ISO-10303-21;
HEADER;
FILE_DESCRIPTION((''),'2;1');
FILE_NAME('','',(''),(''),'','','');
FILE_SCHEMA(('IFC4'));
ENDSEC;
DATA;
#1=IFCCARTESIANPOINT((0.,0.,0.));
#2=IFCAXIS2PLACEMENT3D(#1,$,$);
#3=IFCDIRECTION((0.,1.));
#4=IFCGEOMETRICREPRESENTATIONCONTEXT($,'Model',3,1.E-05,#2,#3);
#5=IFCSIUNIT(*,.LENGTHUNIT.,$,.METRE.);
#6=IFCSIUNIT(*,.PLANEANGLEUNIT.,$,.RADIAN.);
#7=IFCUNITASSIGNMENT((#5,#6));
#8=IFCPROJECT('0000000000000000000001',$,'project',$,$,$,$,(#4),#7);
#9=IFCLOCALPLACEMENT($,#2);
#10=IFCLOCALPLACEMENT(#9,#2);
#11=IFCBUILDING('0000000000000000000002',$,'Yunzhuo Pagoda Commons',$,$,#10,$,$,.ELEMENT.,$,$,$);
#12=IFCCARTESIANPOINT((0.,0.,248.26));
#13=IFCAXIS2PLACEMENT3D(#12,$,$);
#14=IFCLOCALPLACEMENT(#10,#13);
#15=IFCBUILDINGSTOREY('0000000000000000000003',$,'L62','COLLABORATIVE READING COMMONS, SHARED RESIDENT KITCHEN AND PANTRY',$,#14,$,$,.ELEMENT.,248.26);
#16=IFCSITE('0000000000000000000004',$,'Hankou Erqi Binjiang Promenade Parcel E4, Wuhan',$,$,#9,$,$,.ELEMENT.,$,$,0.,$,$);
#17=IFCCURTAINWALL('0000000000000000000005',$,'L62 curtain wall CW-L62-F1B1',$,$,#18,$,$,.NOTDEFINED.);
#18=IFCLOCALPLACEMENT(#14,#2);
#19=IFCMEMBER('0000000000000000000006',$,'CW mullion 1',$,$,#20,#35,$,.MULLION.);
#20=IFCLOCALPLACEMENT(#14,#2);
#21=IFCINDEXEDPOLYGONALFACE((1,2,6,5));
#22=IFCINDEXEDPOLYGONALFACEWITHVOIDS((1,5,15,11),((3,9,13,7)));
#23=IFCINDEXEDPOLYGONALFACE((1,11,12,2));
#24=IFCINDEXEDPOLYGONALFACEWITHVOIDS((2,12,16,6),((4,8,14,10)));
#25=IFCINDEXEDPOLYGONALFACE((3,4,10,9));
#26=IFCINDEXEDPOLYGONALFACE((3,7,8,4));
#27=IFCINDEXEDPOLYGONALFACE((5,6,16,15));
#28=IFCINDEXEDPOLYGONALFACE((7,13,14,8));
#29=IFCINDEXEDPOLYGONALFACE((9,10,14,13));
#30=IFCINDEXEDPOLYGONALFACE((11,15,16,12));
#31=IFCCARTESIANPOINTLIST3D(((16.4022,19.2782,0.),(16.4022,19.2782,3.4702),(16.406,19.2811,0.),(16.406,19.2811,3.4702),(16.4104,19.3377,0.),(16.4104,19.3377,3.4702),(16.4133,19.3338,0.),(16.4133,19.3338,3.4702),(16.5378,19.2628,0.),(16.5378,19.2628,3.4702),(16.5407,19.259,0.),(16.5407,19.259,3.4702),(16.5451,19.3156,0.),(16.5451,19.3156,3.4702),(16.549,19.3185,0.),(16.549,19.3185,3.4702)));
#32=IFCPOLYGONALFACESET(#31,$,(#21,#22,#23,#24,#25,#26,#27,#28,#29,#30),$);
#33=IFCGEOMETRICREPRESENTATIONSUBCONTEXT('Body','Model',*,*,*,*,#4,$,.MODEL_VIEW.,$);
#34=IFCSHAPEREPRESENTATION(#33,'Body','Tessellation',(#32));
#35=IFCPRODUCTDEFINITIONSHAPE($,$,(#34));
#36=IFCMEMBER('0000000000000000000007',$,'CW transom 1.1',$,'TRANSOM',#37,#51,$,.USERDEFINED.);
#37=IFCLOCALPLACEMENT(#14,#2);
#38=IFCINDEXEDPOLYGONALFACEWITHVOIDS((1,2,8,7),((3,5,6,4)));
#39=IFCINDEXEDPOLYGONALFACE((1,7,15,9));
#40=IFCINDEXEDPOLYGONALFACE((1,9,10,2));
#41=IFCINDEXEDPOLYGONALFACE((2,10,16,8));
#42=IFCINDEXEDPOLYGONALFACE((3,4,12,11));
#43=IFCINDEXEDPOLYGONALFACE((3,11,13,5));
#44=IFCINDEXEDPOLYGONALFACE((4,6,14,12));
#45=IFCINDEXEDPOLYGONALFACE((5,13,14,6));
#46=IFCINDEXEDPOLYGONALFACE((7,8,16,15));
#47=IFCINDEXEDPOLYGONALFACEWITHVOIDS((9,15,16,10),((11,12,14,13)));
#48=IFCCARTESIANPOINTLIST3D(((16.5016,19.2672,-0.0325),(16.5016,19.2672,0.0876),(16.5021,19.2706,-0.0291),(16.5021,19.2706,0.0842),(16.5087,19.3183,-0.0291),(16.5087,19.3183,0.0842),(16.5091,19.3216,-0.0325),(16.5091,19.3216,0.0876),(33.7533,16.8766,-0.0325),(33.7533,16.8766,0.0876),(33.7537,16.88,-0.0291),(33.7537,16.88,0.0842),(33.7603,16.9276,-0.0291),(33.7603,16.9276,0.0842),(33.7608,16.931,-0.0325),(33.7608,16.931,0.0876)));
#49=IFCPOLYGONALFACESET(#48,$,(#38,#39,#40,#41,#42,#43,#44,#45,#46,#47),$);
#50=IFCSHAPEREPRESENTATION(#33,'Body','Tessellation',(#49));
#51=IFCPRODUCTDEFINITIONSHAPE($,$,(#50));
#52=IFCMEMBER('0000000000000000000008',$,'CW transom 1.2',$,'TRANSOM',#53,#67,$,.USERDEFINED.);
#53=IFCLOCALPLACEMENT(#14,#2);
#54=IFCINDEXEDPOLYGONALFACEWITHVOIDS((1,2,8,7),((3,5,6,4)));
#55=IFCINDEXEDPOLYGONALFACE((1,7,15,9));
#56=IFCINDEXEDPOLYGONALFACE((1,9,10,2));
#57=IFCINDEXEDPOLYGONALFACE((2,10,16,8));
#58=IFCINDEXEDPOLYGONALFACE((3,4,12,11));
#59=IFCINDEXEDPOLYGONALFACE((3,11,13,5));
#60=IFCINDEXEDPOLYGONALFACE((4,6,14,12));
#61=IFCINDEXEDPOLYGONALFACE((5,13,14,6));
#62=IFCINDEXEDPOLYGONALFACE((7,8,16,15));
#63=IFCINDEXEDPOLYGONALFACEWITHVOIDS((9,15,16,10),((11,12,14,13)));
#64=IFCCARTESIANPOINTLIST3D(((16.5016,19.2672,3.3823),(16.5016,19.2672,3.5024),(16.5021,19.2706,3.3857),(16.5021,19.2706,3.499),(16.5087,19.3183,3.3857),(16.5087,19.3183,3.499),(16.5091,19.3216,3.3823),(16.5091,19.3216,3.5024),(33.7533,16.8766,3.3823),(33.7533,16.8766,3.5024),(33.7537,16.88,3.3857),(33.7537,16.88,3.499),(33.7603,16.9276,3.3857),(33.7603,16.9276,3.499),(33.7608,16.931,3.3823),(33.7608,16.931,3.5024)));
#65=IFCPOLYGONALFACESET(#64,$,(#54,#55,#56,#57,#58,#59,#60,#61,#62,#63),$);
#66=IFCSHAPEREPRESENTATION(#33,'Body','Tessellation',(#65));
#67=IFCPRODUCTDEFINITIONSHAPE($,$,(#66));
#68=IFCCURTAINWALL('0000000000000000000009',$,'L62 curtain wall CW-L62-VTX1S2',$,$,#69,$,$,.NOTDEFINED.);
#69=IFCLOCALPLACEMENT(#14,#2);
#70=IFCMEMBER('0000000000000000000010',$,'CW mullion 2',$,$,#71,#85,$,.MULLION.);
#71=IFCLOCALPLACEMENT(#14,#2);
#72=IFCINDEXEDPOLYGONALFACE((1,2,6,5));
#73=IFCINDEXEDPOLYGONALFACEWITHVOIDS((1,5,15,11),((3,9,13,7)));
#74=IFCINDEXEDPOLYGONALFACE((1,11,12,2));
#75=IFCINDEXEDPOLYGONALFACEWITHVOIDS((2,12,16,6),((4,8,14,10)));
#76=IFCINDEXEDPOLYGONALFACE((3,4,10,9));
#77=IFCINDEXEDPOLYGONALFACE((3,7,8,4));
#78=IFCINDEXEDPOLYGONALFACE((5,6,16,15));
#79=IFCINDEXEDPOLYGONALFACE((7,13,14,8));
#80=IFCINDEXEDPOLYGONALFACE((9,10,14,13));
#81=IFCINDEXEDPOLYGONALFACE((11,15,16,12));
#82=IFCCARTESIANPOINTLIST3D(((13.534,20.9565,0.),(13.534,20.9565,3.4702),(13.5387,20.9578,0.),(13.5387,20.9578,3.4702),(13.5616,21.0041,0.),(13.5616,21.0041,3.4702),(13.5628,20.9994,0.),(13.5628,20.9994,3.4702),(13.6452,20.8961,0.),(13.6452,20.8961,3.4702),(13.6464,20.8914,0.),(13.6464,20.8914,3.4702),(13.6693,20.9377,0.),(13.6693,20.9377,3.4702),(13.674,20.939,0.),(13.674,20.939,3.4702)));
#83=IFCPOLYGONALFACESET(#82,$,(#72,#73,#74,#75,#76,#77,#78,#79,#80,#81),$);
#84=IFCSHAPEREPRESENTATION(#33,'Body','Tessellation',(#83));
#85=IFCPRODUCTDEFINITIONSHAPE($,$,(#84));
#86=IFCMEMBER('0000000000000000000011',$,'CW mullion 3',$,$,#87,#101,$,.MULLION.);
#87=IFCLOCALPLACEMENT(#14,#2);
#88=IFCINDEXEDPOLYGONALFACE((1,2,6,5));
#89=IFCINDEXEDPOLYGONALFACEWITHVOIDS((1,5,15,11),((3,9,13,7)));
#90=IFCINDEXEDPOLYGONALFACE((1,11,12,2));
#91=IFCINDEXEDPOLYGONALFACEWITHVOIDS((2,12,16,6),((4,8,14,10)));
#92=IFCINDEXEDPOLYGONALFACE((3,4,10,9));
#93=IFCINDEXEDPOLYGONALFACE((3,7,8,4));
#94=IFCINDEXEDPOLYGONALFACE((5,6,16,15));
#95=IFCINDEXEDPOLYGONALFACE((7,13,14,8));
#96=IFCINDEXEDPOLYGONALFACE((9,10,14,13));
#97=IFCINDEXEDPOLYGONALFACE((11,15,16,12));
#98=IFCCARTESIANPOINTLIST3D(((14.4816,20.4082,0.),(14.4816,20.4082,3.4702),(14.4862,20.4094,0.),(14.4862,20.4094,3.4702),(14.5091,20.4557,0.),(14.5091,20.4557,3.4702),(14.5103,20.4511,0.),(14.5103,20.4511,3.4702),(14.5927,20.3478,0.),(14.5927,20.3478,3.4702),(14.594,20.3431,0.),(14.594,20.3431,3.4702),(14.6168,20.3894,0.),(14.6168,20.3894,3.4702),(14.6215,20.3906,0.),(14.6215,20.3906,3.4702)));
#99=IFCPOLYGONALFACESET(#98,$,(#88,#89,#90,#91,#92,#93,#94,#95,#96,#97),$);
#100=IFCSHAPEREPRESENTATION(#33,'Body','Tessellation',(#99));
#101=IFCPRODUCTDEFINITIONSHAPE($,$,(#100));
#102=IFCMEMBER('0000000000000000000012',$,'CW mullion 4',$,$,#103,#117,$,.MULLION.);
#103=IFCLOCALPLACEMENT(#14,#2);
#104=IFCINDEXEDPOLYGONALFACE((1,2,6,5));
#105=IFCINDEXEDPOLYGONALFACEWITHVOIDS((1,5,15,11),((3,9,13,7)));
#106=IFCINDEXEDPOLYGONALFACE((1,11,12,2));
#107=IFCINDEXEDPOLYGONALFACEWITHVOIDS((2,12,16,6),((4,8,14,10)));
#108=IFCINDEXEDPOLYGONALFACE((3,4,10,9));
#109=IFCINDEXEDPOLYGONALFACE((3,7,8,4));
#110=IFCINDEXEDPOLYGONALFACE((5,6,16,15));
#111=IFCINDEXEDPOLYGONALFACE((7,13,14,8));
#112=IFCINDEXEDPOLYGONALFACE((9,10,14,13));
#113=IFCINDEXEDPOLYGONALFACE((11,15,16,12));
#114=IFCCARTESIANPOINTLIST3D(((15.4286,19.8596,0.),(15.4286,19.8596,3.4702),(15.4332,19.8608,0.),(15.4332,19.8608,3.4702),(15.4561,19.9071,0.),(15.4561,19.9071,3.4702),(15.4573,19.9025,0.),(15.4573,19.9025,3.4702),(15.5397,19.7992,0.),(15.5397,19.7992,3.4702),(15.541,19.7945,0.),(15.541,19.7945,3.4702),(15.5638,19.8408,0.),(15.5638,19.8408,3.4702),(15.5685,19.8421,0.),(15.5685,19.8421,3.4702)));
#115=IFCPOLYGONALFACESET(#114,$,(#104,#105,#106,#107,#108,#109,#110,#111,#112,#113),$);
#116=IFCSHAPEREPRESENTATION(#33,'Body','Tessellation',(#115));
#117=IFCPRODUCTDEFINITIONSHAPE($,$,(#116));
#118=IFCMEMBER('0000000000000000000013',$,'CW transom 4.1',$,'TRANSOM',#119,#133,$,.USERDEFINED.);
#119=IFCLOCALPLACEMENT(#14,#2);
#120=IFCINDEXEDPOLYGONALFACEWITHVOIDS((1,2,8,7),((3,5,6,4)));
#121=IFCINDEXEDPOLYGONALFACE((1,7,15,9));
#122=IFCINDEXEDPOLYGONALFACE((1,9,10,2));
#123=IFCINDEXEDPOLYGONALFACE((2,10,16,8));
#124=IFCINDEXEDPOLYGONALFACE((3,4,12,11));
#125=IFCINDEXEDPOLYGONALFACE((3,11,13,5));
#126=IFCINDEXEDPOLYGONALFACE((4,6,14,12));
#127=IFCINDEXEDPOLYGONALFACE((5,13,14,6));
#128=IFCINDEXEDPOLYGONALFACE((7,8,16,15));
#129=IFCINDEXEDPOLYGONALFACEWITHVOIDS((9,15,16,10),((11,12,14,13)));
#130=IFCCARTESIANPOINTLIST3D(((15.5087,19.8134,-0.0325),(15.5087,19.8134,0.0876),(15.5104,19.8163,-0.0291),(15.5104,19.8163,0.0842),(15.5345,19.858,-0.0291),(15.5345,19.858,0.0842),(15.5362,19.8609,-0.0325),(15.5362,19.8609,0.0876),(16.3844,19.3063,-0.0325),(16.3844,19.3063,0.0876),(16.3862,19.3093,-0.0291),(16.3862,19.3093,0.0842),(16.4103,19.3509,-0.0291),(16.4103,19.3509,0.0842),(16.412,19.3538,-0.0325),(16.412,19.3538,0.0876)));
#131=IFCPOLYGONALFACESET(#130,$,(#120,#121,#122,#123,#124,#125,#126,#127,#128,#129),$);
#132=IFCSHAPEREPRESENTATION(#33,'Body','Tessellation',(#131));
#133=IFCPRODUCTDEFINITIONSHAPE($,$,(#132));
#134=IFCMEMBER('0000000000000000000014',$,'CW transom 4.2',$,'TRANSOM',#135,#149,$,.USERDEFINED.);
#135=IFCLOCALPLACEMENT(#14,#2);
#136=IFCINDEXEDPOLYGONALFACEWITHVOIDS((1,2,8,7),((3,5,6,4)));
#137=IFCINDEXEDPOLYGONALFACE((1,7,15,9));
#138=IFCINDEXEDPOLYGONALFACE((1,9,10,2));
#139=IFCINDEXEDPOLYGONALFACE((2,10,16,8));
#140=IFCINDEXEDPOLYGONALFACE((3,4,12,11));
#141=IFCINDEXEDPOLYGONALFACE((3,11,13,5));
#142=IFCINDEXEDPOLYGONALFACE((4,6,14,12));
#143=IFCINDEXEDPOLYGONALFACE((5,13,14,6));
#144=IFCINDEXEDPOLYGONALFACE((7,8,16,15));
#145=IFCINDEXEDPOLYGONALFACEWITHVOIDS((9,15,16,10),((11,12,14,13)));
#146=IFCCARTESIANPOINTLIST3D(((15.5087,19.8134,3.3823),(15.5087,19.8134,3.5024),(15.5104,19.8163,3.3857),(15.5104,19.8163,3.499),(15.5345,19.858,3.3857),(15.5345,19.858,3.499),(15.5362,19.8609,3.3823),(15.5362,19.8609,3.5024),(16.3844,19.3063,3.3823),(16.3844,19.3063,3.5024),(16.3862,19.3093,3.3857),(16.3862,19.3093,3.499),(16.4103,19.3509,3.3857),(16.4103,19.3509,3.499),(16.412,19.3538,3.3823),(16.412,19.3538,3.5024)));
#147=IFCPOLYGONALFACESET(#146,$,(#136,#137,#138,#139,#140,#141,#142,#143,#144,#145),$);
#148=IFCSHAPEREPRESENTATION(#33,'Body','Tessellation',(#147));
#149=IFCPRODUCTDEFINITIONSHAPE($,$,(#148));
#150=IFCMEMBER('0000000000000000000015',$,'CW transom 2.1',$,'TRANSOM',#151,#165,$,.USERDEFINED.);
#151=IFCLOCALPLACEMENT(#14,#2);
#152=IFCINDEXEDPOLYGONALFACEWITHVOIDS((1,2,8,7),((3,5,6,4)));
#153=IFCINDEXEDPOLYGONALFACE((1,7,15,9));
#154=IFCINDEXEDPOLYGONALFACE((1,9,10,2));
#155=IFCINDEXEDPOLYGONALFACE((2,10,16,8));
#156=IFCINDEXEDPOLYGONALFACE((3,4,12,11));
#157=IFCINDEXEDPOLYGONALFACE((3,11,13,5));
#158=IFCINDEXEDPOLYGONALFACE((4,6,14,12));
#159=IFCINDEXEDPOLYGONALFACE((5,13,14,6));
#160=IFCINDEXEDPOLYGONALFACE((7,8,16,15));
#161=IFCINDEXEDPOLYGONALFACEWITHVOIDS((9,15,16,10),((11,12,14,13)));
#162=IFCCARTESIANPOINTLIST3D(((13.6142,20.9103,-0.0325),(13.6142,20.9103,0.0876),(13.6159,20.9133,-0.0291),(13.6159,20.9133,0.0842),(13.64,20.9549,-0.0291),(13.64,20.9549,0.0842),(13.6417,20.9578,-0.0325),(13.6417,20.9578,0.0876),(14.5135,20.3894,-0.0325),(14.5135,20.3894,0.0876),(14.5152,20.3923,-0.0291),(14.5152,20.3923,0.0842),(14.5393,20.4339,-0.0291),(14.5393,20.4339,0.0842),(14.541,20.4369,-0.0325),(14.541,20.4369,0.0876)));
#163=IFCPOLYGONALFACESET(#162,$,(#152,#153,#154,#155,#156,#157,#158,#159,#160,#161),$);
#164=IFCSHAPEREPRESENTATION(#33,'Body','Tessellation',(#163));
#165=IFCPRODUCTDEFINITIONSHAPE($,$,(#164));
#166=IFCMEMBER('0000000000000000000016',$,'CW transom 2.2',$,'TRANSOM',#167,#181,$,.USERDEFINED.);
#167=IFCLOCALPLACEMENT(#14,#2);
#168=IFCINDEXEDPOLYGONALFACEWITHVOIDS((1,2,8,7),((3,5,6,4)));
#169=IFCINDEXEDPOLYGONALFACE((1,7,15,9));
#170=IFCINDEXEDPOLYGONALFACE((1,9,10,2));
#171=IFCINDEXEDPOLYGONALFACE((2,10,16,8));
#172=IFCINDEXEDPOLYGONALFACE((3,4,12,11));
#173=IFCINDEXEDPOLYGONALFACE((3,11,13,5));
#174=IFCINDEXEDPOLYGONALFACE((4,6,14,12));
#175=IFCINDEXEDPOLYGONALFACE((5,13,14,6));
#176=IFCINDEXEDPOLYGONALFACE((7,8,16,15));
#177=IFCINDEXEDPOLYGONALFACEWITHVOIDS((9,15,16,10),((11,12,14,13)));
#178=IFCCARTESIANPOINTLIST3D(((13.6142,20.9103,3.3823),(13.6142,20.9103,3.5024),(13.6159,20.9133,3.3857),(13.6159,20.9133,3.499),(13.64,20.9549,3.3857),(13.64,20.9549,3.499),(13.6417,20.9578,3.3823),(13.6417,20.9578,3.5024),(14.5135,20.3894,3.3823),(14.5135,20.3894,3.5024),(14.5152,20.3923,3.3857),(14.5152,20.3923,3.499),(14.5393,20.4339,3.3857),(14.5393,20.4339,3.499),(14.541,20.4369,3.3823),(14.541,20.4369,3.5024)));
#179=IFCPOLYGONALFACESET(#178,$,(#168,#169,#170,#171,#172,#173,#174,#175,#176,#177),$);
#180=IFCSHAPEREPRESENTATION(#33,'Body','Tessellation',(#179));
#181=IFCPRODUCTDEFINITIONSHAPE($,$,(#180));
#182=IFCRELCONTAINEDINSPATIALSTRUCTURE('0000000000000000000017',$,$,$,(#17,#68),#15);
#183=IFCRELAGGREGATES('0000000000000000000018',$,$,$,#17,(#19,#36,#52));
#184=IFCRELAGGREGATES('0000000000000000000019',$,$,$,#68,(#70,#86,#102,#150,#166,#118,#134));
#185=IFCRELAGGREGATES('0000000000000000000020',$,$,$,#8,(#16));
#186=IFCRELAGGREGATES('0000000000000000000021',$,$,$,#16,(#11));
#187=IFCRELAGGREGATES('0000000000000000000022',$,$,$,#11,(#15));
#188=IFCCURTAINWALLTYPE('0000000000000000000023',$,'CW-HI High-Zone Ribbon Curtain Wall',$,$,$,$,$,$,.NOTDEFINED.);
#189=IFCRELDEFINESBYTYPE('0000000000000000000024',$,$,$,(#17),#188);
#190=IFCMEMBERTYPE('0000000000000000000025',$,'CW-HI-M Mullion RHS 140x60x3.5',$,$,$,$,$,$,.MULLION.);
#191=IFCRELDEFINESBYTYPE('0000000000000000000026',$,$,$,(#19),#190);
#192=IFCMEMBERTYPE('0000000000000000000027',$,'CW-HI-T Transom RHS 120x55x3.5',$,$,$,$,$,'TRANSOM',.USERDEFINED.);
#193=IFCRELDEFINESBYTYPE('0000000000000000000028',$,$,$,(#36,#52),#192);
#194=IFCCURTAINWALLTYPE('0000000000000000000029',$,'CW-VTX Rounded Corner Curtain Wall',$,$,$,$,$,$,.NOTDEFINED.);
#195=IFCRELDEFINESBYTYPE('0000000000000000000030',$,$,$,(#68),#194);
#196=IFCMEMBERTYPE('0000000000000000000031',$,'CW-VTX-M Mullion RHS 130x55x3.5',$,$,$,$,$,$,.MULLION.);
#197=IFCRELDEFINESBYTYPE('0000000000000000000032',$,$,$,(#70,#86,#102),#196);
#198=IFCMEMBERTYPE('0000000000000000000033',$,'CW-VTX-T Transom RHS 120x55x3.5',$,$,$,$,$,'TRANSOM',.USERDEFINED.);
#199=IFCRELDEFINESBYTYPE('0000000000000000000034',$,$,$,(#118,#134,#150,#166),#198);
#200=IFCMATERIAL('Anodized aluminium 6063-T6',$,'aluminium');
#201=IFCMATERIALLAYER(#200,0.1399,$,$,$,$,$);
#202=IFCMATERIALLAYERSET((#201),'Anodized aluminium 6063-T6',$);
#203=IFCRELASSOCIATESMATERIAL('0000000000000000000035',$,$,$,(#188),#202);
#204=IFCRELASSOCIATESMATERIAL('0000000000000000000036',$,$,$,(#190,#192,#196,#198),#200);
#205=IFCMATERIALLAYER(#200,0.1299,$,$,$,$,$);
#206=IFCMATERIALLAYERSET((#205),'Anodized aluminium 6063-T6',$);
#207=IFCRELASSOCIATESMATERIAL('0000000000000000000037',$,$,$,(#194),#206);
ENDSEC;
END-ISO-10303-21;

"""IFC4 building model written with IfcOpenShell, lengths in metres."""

from ifc_helpers import new_model, si_unit, direction, frame, origin, origin_2d, place, context, subcontext, project, spatial, hollow_rectangle, extrude, source, transform, mapped, material, layer, layer_set, material_profile, profile_set, type_object, element, aggregate, save


model = new_model("IFC4")

# Units and contexts
model_context = context("Model", 3, precision=1e-05, world=origin(), true_north=direction((0.0, 1.0)))
body_context = subcontext(model_context, "Body", "Model", "MODEL_VIEW")
ifc_project = project(units=[si_unit("LENGTHUNIT", "METRE"), si_unit("PLANEANGLEUNIT", "RADIAN")], contexts=[model_context])

# Site, building, storey
site_placement = place(None, origin())
site = spatial("IfcSite", under=ifc_project, at=site_placement, Name="Hankou Erqi Binjiang Promenade Parcel E4, Wuhan", CompositionType="ELEMENT", RefElevation=0.0)
building_placement = place(site_placement, origin())
building = spatial("IfcBuilding", under=site, at=building_placement, Name="Yunzhuo Pagoda Commons", CompositionType="ELEMENT")
storey_placement = place(building_placement, frame((0.0, 0.0, 248.26)))
storey = spatial("IfcBuildingStorey", under=building, at=storey_placement, Name="L62", Description="COLLABORATIVE READING COMMONS, SHARED RESIDENT KITCHEN AND PANTRY", CompositionType="ELEMENT", Elevation=248.26)

# Curtain walls, members
ifc_material_1 = material(Name="Anodized aluminium 6063-T6", Category="aluminium")
ifc_layer_1 = layer(ifc_material_1, 0.1399)
ifc_layer_set_1 = layer_set([ifc_layer_1], Name="Anodized aluminium 6063-T6")
curtain_wall_type_1 = type_object("IfcCurtainWallType", Name="CW-HI High-Zone Ribbon Curtain Wall", PredefinedType="NOTDEFINED", material=ifc_layer_set_1)
curtain_wall_1_placement = place(storey_placement, origin())
curtain_wall_1 = element("IfcCurtainWall", 1, at=curtain_wall_1_placement, inside=storey, type_object=curtain_wall_type_1, Name="L62 curtain wall CW-L62-F1B1", PredefinedType="NOTDEFINED")
ifc_material_profile_1 = material_profile(ifc_material_1, hollow_rectangle(XDim=0.0601, YDim=0.1399, WallThickness=0.0034, at=origin_2d()), Name="Anodized aluminium 6063-T6")
ifc_profile_set_1 = profile_set([ifc_material_profile_1], Name="Anodized aluminium 6063-T6")
member_type_1 = type_object("IfcMemberType", Name="CW-HI-M Mullion RHS 140x60x3.5", PredefinedType="MULLION", material=ifc_profile_set_1)
shared_shape_1 = source(origin(), body_context, "Body", "SweptSolid", [
    extrude(hollow_rectangle(XDim=0.0601, YDim=0.1399, WallThickness=0.0034, at=origin_2d()), origin(), (0.0, 0.0, 1.0), 3.4702),
])
member_1_placement = place(storey_placement, frame((16.4756, 19.2983, 0.0), z_axis=(0.0, 0.0, 1.0), x_axis=(0.13725, 0.990536, 0.0)))
member_1 = element("IfcMember", 2, at=member_1_placement, type_object=member_type_1, Name="CW mullion 1", PredefinedType="MULLION", context=body_context, shape_type="MappedRepresentation", body=[
    mapped(shared_shape_1, transform((0.0, 0.0, 0.0), scale=1.0)),
])
ifc_material_profile_2 = material_profile(ifc_material_1, hollow_rectangle(XDim=0.0549, YDim=0.1201, WallThickness=0.0034, at=origin_2d()), Name="Anodized aluminium 6063-T6")
ifc_profile_set_2 = profile_set([ifc_material_profile_2], Name="Anodized aluminium 6063-T6")
member_type_2 = type_object("IfcMemberType", Name="CW-HI-T Transom RHS 120x55x3.5", ElementType="TRANSOM", PredefinedType="USERDEFINED", material=ifc_profile_set_2)
shared_shape_2 = source(origin(), body_context, "Body", "SweptSolid", [
    extrude(hollow_rectangle(XDim=0.0549, YDim=0.1201, WallThickness=0.0034, at=origin_2d()), origin(), (0.0, 0.0, 1.0), 17.4165),
])
member_2_placement = place(storey_placement, frame((16.5054, 19.2944, 0.0276), z_axis=(0.990535, -0.137262, 0.0), x_axis=(0.137262, 0.990535, 0.0)))
member_2 = element("IfcMember", 3, at=member_2_placement, type_object=member_type_2, Name="CW transom 1.1", ObjectType="TRANSOM", PredefinedType="USERDEFINED", context=body_context, shape_type="MappedRepresentation", body=[
    mapped(shared_shape_2, transform((0.0, 0.0, 0.0), scale=1.0)),
])
member_3_placement = place(storey_placement, frame((16.5054, 19.2944, 3.4424), z_axis=(0.990535, -0.137262, 0.0), x_axis=(0.137262, 0.990535, 0.0)))
member_3 = element("IfcMember", 4, at=member_3_placement, type_object=member_type_2, Name="CW transom 1.2", ObjectType="TRANSOM", PredefinedType="USERDEFINED", context=body_context, shape_type="MappedRepresentation", body=[
    mapped(shared_shape_2, transform((0.0, 0.0, 0.0), scale=1.0)),
])
aggregate(curtain_wall_1, [member_1, member_2, member_3])
ifc_layer_2 = layer(ifc_material_1, 0.1299)
ifc_layer_set_2 = layer_set([ifc_layer_2], Name="Anodized aluminium 6063-T6")
curtain_wall_type_2 = type_object("IfcCurtainWallType", Name="CW-VTX Rounded Corner Curtain Wall", PredefinedType="NOTDEFINED", material=ifc_layer_set_2)
curtain_wall_2_placement = place(storey_placement, origin())
curtain_wall_2 = element("IfcCurtainWall", 5, at=curtain_wall_2_placement, inside=storey, type_object=curtain_wall_type_2, Name="L62 curtain wall CW-L62-VTX1S2", PredefinedType="NOTDEFINED")
ifc_material_profile_3 = material_profile(ifc_material_1, hollow_rectangle(XDim=0.0549, YDim=0.1299, WallThickness=0.0034, at=origin_2d()), Name="Anodized aluminium 6063-T6")
ifc_profile_set_3 = profile_set([ifc_material_profile_3], Name="Anodized aluminium 6063-T6")
member_type_3 = type_object("IfcMemberType", Name="CW-VTX-M Mullion RHS 130x55x3.5", PredefinedType="MULLION", material=ifc_profile_set_3)
shared_shape_3 = source(origin(), body_context, "Body", "SweptSolid", [
    extrude(hollow_rectangle(XDim=0.0549, YDim=0.1299, WallThickness=0.0034, at=origin_2d()), origin(), (0.0, 0.0, 1.0), 3.4702),
])
member_4_placement = place(storey_placement, frame((13.604, 20.9478, 0.0), z_axis=(0.0, 0.0, 1.0), x_axis=(0.501035, 0.865427, 0.0)))
member_4 = element("IfcMember", 6, at=member_4_placement, type_object=member_type_3, Name="CW mullion 2", PredefinedType="MULLION", context=body_context, shape_type="MappedRepresentation", body=[
    mapped(shared_shape_3, transform((0.0, 0.0, 0.0), scale=1.0)),
])
member_5_placement = place(storey_placement, frame((14.5515, 20.3994, 0.0), z_axis=(0.0, 0.0, 1.0), x_axis=(0.501035, 0.865427, 0.0)))
member_5 = element("IfcMember", 7, at=member_5_placement, type_object=member_type_3, Name="CW mullion 3", PredefinedType="MULLION", context=body_context, shape_type="MappedRepresentation", body=[
    mapped(shared_shape_3, transform((0.0, 0.0, 0.0), scale=1.0)),
])
member_6_placement = place(storey_placement, frame((15.4985, 19.8508, 0.0), z_axis=(0.0, 0.0, 1.0), x_axis=(0.501035, 0.865427, 0.0)))
member_6 = element("IfcMember", 8, at=member_6_placement, type_object=member_type_3, Name="CW mullion 4", PredefinedType="MULLION", context=body_context, shape_type="MappedRepresentation", body=[
    mapped(shared_shape_3, transform((0.0, 0.0, 0.0), scale=1.0)),
])
ifc_material_profile_4 = material_profile(ifc_material_1, hollow_rectangle(XDim=0.0549, YDim=0.1201, WallThickness=0.0034, at=origin_2d()), Name="Anodized aluminium 6063-T6")
ifc_profile_set_4 = profile_set([ifc_material_profile_4], Name="Anodized aluminium 6063-T6")
member_type_4 = type_object("IfcMemberType", Name="CW-VTX-T Transom RHS 120x55x3.5", ElementType="TRANSOM", PredefinedType="USERDEFINED", material=ifc_profile_set_4)
shared_shape_4 = source(origin(), body_context, "Body", "SweptSolid", [
    extrude(hollow_rectangle(XDim=0.0549, YDim=0.1201, WallThickness=0.0034, at=origin_2d()), origin(), (0.0, 0.0, 1.0), 1.012),
])
member_7_placement = place(storey_placement, frame((15.5225, 19.8372, 0.0276), z_axis=(0.865393, -0.501093, 0.0), x_axis=(0.501093, 0.865393, 0.0)))
member_7 = element("IfcMember", 9, at=member_7_placement, type_object=member_type_4, Name="CW transom 4.1", ObjectType="TRANSOM", PredefinedType="USERDEFINED", context=body_context, shape_type="MappedRepresentation", body=[
    mapped(shared_shape_4, transform((0.0, 0.0, 0.0), scale=1.0)),
])
member_8_placement = place(storey_placement, frame((15.5225, 19.8372, 3.4424), z_axis=(0.865393, -0.501093, 0.0), x_axis=(0.501093, 0.865393, 0.0)))
member_8 = element("IfcMember", 10, at=member_8_placement, type_object=member_type_4, Name="CW transom 4.2", ObjectType="TRANSOM", PredefinedType="USERDEFINED", context=body_context, shape_type="MappedRepresentation", body=[
    mapped(shared_shape_4, transform((0.0, 0.0, 0.0), scale=1.0)),
])
shared_shape_5 = source(origin(), body_context, "Body", "SweptSolid", [
    extrude(hollow_rectangle(XDim=0.0549, YDim=0.1201, WallThickness=0.0034, at=origin_2d()), origin(), (0.0, 0.0, 1.0), 1.0393),
])
member_9_placement = place(storey_placement, frame((13.6279, 20.9341, 0.0276), z_axis=(0.865308, -0.50124, 0.0), x_axis=(0.50124, 0.865308, 0.0)))
member_9 = element("IfcMember", 11, at=member_9_placement, type_object=member_type_4, Name="CW transom 2.1", ObjectType="TRANSOM", PredefinedType="USERDEFINED", context=body_context, shape_type="MappedRepresentation", body=[
    mapped(shared_shape_5, transform((0.0, 0.0, 0.0), scale=1.0)),
])
member_10_placement = place(storey_placement, frame((13.6279, 20.9341, 3.4424), z_axis=(0.865308, -0.50124, 0.0), x_axis=(0.50124, 0.865308, 0.0)))
member_10 = element("IfcMember", 12, at=member_10_placement, type_object=member_type_4, Name="CW transom 2.2", ObjectType="TRANSOM", PredefinedType="USERDEFINED", context=body_context, shape_type="MappedRepresentation", body=[
    mapped(shared_shape_5, transform((0.0, 0.0, 0.0), scale=1.0)),
])

aggregate(curtain_wall_2, [member_4, member_5, member_6, member_9, member_10, member_7, member_8])

save(model, "model.ifc")
